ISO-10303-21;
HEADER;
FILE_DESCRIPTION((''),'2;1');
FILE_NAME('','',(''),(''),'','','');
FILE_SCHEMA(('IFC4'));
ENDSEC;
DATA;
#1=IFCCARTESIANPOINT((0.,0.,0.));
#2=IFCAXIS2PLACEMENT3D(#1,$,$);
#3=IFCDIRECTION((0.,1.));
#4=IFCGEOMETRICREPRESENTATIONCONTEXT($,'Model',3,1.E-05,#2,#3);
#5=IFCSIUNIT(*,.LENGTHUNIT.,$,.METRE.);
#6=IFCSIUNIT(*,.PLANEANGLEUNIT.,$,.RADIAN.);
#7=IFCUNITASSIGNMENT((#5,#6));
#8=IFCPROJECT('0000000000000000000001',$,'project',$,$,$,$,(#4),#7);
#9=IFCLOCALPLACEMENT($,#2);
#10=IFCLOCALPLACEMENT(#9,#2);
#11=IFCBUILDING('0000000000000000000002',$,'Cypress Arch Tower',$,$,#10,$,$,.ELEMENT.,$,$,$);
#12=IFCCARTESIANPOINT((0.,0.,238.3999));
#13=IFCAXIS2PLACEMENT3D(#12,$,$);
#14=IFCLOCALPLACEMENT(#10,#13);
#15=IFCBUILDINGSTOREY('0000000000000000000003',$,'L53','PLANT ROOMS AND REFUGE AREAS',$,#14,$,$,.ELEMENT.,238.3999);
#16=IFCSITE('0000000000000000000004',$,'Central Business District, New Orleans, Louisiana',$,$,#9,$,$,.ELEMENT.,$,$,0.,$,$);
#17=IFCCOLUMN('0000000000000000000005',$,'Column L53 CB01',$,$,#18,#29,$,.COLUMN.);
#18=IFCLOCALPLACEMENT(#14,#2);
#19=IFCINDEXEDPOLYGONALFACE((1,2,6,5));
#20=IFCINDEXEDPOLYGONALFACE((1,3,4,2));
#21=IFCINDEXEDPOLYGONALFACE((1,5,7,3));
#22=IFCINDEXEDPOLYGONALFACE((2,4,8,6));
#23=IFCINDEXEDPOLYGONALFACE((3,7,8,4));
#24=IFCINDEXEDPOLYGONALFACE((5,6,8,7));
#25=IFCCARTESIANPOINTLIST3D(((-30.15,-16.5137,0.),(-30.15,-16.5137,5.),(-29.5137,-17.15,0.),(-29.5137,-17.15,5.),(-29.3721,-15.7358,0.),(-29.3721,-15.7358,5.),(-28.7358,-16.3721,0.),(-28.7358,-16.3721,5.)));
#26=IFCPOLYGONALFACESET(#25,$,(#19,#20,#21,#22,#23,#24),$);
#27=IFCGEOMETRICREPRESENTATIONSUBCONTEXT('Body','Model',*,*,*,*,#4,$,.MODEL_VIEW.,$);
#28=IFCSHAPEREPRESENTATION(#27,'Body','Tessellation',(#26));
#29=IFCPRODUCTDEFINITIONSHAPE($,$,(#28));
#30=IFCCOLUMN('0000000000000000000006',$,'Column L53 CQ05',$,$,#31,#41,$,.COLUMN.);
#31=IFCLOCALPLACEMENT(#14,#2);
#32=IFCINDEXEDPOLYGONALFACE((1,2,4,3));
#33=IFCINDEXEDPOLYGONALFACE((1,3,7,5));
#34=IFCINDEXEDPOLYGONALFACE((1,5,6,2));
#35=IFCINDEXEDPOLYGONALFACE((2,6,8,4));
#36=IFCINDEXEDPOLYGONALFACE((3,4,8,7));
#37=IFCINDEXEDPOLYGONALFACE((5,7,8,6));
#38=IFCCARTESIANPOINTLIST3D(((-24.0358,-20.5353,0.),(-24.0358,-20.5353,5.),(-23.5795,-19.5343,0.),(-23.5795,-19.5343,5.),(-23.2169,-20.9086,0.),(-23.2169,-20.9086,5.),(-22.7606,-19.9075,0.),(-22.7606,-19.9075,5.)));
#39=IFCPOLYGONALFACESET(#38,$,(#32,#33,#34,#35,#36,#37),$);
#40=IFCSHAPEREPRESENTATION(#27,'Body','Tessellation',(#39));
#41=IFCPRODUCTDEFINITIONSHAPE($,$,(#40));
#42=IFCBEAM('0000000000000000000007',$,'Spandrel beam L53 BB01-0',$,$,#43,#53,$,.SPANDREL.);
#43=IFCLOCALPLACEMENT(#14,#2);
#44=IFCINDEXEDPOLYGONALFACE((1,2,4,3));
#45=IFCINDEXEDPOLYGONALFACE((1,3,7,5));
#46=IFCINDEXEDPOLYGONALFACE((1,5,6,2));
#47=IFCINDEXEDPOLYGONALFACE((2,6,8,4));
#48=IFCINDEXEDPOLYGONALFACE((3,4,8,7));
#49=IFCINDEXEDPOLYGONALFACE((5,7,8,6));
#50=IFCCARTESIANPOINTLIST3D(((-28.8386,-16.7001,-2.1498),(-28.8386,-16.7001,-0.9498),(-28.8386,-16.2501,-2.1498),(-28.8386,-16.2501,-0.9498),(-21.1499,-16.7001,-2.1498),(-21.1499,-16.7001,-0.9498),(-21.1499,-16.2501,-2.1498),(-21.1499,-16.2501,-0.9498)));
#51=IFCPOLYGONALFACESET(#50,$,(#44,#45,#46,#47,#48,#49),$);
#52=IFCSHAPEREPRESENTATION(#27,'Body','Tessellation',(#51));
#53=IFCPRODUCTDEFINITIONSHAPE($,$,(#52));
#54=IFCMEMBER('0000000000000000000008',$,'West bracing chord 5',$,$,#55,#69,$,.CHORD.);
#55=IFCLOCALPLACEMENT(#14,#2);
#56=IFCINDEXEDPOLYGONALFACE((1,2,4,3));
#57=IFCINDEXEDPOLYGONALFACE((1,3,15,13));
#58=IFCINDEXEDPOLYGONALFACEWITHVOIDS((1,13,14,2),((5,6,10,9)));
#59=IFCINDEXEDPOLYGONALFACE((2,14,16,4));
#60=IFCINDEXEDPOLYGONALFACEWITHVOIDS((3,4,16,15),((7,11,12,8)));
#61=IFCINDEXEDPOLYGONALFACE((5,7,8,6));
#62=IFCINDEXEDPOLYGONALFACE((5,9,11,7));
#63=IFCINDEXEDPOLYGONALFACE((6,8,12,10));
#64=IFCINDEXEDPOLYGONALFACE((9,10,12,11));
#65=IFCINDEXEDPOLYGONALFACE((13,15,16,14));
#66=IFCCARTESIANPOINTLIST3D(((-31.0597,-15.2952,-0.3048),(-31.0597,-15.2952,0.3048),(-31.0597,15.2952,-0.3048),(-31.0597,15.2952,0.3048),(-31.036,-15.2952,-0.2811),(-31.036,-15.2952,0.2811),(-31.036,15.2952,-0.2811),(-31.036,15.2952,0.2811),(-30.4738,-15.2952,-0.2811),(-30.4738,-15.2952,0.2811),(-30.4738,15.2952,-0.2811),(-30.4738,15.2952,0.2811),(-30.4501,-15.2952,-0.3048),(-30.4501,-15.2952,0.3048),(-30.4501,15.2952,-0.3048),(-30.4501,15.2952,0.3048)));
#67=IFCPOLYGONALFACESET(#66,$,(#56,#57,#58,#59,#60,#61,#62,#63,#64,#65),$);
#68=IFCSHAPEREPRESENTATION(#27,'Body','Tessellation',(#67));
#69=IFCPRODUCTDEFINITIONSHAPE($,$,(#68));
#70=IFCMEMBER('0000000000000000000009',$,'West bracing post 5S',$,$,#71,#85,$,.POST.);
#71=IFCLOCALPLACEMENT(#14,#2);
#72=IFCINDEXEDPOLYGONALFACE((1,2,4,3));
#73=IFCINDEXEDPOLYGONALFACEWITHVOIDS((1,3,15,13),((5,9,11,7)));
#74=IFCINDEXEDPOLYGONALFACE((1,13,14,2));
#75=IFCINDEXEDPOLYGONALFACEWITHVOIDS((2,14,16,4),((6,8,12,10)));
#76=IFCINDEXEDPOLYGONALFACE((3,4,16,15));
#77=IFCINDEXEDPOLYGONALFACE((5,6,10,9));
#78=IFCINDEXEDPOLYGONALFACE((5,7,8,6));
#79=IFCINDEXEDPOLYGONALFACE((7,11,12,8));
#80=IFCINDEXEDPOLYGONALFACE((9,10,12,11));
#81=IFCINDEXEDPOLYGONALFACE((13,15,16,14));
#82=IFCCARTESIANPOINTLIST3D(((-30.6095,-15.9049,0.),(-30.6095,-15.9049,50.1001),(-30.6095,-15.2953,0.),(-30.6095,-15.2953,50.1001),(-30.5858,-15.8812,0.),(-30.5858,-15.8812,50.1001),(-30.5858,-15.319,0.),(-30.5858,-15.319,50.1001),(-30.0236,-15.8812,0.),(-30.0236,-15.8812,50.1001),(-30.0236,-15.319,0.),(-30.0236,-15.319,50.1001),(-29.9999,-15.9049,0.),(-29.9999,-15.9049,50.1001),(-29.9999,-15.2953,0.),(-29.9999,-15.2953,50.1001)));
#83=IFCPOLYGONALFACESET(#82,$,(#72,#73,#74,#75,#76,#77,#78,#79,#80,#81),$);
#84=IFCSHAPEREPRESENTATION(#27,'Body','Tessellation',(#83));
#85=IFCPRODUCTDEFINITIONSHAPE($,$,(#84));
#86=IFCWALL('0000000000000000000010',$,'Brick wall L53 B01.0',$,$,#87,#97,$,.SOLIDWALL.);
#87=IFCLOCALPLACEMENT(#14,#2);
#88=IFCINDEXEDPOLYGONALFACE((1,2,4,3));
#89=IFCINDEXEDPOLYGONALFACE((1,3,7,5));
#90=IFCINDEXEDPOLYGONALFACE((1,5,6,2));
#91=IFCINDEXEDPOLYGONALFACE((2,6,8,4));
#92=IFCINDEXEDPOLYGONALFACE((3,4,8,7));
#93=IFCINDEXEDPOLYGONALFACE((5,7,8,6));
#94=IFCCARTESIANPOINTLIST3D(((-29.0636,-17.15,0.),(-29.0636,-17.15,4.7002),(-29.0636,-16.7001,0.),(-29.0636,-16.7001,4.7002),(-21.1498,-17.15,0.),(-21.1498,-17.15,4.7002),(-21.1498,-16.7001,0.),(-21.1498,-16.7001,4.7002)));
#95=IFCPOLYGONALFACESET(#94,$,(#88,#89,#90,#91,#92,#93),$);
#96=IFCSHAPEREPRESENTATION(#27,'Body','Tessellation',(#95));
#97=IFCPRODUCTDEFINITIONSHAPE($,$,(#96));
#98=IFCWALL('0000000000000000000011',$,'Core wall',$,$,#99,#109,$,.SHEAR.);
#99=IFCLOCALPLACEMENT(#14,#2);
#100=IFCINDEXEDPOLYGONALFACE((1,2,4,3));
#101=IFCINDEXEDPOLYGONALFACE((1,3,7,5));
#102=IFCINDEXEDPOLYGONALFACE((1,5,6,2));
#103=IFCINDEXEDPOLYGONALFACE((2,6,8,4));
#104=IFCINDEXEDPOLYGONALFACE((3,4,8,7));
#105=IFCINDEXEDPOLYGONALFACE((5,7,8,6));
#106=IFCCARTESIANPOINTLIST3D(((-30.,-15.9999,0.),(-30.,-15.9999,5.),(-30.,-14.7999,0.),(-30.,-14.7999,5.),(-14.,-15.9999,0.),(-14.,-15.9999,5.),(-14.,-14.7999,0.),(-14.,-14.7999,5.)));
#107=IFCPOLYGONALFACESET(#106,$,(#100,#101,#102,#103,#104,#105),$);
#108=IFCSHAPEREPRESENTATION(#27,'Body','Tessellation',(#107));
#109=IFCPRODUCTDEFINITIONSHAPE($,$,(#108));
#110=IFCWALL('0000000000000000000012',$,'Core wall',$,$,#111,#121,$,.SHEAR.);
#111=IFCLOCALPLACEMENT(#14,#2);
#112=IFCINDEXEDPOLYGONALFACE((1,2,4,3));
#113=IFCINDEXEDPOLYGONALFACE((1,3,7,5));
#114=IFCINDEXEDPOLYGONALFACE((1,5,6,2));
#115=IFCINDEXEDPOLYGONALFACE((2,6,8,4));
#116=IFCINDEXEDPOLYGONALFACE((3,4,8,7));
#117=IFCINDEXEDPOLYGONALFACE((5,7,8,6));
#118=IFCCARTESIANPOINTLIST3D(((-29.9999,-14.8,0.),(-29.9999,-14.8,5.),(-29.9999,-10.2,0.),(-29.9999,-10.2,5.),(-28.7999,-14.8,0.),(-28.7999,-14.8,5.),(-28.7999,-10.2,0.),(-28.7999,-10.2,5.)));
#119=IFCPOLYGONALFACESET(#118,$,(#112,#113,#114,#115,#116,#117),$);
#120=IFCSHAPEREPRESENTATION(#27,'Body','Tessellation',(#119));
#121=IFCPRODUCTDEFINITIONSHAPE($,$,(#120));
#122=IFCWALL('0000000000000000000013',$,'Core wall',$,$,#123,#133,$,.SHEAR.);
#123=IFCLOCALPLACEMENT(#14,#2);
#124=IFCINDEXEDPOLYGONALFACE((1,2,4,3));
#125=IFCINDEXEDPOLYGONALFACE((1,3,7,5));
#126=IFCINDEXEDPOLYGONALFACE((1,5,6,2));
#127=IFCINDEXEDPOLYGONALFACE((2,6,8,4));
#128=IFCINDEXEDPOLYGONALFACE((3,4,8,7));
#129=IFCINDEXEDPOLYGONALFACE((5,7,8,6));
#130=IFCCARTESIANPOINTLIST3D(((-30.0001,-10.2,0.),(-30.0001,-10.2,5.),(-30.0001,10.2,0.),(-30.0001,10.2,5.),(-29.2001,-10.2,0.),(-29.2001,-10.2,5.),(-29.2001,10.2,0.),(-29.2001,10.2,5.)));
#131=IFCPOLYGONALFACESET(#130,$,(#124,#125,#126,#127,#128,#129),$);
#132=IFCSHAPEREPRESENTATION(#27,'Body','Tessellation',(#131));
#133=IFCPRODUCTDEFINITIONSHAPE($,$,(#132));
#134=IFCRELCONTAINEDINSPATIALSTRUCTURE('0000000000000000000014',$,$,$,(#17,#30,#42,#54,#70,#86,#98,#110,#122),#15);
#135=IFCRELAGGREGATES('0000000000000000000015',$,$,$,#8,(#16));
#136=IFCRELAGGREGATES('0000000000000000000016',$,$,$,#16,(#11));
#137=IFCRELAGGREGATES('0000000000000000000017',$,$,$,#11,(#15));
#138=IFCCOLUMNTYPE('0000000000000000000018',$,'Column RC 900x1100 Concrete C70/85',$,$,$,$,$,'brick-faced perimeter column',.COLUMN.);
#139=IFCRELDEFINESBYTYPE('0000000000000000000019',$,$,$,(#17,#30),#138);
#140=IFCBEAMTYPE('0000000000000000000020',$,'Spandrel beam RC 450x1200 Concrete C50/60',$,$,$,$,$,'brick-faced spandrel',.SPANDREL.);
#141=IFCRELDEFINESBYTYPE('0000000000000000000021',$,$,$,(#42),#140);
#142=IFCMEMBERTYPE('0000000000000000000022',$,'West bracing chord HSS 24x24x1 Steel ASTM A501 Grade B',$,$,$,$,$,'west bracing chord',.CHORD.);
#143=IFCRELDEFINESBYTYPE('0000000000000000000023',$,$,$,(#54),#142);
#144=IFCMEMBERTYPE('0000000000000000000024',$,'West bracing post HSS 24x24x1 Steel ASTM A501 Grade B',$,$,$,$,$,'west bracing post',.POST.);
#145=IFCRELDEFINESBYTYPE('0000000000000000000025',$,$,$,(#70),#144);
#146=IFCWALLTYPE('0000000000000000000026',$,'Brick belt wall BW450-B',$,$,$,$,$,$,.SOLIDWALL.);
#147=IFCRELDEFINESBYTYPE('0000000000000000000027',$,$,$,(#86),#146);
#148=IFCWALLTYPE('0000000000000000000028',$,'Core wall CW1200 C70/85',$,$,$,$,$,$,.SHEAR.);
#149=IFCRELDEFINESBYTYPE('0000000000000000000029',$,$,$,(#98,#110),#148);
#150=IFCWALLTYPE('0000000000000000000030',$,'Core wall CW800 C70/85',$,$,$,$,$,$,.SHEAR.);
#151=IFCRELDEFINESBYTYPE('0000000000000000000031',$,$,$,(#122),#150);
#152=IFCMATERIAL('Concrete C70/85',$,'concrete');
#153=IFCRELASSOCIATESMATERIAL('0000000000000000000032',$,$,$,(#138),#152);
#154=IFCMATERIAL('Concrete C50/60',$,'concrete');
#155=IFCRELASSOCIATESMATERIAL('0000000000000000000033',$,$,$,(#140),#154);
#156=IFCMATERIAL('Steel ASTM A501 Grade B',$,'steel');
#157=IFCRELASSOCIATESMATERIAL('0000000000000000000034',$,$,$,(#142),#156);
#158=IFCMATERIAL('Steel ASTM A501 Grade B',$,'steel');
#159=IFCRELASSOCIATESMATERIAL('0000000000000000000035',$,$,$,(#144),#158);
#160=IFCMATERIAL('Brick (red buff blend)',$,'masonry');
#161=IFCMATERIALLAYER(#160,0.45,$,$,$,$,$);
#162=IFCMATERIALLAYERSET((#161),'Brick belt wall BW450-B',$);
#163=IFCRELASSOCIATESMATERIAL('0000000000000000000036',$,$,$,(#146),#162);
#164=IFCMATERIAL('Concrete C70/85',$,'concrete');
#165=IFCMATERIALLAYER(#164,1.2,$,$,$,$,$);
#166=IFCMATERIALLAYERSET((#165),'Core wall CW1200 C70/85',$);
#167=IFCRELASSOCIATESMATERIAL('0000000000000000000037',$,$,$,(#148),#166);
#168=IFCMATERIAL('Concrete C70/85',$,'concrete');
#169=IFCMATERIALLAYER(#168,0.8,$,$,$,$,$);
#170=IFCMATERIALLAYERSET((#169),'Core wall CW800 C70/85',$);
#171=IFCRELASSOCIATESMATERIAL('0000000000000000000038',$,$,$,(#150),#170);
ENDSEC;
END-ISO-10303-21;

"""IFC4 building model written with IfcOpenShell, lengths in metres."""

from ifc_helpers import new_model, si_unit, direction, frame, frame_2d, origin, origin_2d, place, context, subcontext, project, spatial, rectangle, hollow_rectangle, extrude, material, layer, layer_set, material_profile, profile_set, type_object, element, save


model = new_model("IFC4")

# Units and contexts
model_context = context("Model", 3, precision=1e-05, world=origin(), true_north=direction((0.0, 1.0)))
body_context = subcontext(model_context, "Body", "Model", "MODEL_VIEW")
ifc_project = project(units=[si_unit("LENGTHUNIT", "METRE"), si_unit("PLANEANGLEUNIT", "RADIAN")], contexts=[model_context])

# Site, building, storey
site_placement = place(None, origin())
site = spatial("IfcSite", under=ifc_project, at=site_placement, Name="Central Business District, New Orleans, Louisiana", CompositionType="ELEMENT", RefElevation=0.0)
building_placement = place(site_placement, origin())
building = spatial("IfcBuilding", under=site, at=building_placement, Name="Cypress Arch Tower", CompositionType="ELEMENT")
storey_placement = place(building_placement, frame((0.0, 0.0, 238.3999)))
storey = spatial("IfcBuildingStorey", under=building, at=storey_placement, Name="L53", Description="PLANT ROOMS AND REFUGE AREAS", CompositionType="ELEMENT", Elevation=238.3999)

# Columns
ifc_material_1 = material(Name="Concrete C70/85", Category="concrete")
ifc_material_profile_1 = material_profile(ifc_material_1, rectangle(XDim=0.8999, YDim=1.1001, at=origin_2d()), Name="RC 900x1100")
ifc_profile_set_1 = profile_set([ifc_material_profile_1], Name="Concrete C70/85")
column_type = type_object("IfcColumnType", Name="Column RC 900x1100 Concrete C70/85", ElementType="brick-faced perimeter column", PredefinedType="COLUMN", material=ifc_profile_set_1)
for number, where, z_axis, x_axis, name in (
    (1, (-29.4429, -16.4429, 0.0), (0.0, 0.0, 1.0), (0.707107, -0.707107, 0.0), "Column L53 CB01"),
    (2, (-23.3982, -20.2214, 0.0), (0.0, 0.0, 1.0), (0.909932, -0.414757, 0.0), "Column L53 CQ05"),
):
    element("IfcColumn", number, at=place(storey_placement, frame(where, z_axis=z_axis, x_axis=x_axis)), inside=storey, type_object=column_type, Name=name, PredefinedType="COLUMN", context=body_context, shape_type="SweptSolid", body=[
        extrude(rectangle(XDim=0.8999, YDim=1.1001, at=origin_2d()), origin(), (0.0, 0.0, 1.0), 5.0),
    ])

# Beam
ifc_material_2 = material(Name="Concrete C50/60", Category="concrete")
ifc_material_profile_2 = material_profile(ifc_material_2, rectangle(XDim=0.45, YDim=1.2, at=origin_2d()), Name="RC 450x1200")
ifc_profile_set_2 = profile_set([ifc_material_profile_2], Name="Concrete C50/60")
beam_type = type_object("IfcBeamType", Name="Spandrel beam RC 450x1200 Concrete C50/60", ElementType="brick-faced spandrel", PredefinedType="SPANDREL", material=ifc_profile_set_2)
beam_placement = place(storey_placement, frame((-28.8386, -16.4751, -1.5498), z_axis=(1.0, 0.0, 0.0), x_axis=(0.0, 1.0, 0.0)))
element("IfcBeam", 3, at=beam_placement, inside=storey, type_object=beam_type, Name="Spandrel beam L53 BB01-0", PredefinedType="SPANDREL", context=body_context, shape_type="SweptSolid", body=[
    extrude(rectangle(XDim=0.45, YDim=1.2, at=origin_2d()), origin(), (0.0, 0.0, 1.0), 7.6887),
])

# Members
ifc_material_3 = material(Name="Steel ASTM A501 Grade B", Category="steel")
ifc_material_profile_3 = material_profile(ifc_material_3, hollow_rectangle(XDim=0.6096, YDim=0.6096, WallThickness=0.0237, at=origin_2d()), Name="HSS 24x24x1")
ifc_profile_set_3 = profile_set([ifc_material_profile_3], Name="Steel ASTM A501 Grade B")
member_type_1 = type_object("IfcMemberType", Name="West bracing chord HSS 24x24x1 Steel ASTM A501 Grade B", ElementType="west bracing chord", PredefinedType="CHORD", material=ifc_profile_set_3)
member_1_placement = place(storey_placement, frame((-30.7549, -15.2952, 0.0), z_axis=(0.0, 1.0, 0.0), x_axis=(-1.0, 0.0, 0.0)))
element("IfcMember", 4, at=member_1_placement, inside=storey, type_object=member_type_1, Name="West bracing chord 5", PredefinedType="CHORD", context=body_context, shape_type="SweptSolid", body=[
    extrude(hollow_rectangle(XDim=0.6096, YDim=0.6096, WallThickness=0.0237, at=origin_2d()), origin(), (0.0, 0.0, 1.0), 30.5903),
])
ifc_material_4 = material(Name="Steel ASTM A501 Grade B", Category="steel")
ifc_material_profile_4 = material_profile(ifc_material_4, hollow_rectangle(XDim=0.6096, YDim=0.6096, WallThickness=0.0237, at=origin_2d()), Name="HSS 24x24x1")
ifc_profile_set_4 = profile_set([ifc_material_profile_4], Name="Steel ASTM A501 Grade B")
member_type_2 = type_object("IfcMemberType", Name="West bracing post HSS 24x24x1 Steel ASTM A501 Grade B", ElementType="west bracing post", PredefinedType="POST", material=ifc_profile_set_4)
member_2_placement = place(storey_placement, frame((-30.3047, -15.6001, 0.0), z_axis=(0.0, 0.0, 1.0), x_axis=(1.0, 0.0, 0.0)))
element("IfcMember", 5, at=member_2_placement, inside=storey, type_object=member_type_2, Name="West bracing post 5S", PredefinedType="POST", context=body_context, shape_type="SweptSolid", body=[
    extrude(hollow_rectangle(XDim=0.6096, YDim=0.6096, WallThickness=0.0237, at=origin_2d()), origin(), (0.0, 0.0, 1.0), 50.1001),
])

# Walls
ifc_material_5 = material(Name="Brick (red buff blend)", Category="masonry")
ifc_layer_1 = layer(ifc_material_5, 0.45)
ifc_layer_set_1 = layer_set([ifc_layer_1], Name="Brick belt wall BW450-B")
wall_type_1 = type_object("IfcWallType", Name="Brick belt wall BW450-B", PredefinedType="SOLIDWALL", material=ifc_layer_set_1)
wall_1_placement = place(storey_placement, frame((-29.0637, -16.925, 0.0), z_axis=(0.0, 0.0, 1.0), x_axis=(1.0, 0.0, 0.0)))
element("IfcWall", 6, at=wall_1_placement, inside=storey, type_object=wall_type_1, Name="Brick wall L53 B01.0", PredefinedType="SOLIDWALL", context=body_context, shape_type="SweptSolid", body=[
    extrude(rectangle(XDim=7.9138, YDim=0.45, at=frame_2d((3.957, 0.0))), origin(), (0.0, 0.0, 1.0), 4.7002),
])
ifc_material_6 = material(Name="Concrete C70/85", Category="concrete")
ifc_layer_2 = layer(ifc_material_6, 1.2)
ifc_layer_set_2 = layer_set([ifc_layer_2], Name="Core wall CW1200 C70/85")
wall_type_2 = type_object("IfcWallType", Name="Core wall CW1200 C70/85", PredefinedType="SHEAR", material=ifc_layer_set_2)
wall_2_placement = place(storey_placement, frame((-30.0, -15.3999, 0.0), z_axis=(0.0, 0.0, 1.0), x_axis=(1.0, 0.0, 0.0)))
element("IfcWall", 7, at=wall_2_placement, inside=storey, type_object=wall_type_2, Name="Core wall", PredefinedType="SHEAR", context=body_context, shape_type="SweptSolid", body=[
    extrude(rectangle(XDim=16.0, YDim=1.2, at=frame_2d((8.0, 0.0))), origin(), (0.0, 0.0, 1.0), 5.0),
])
wall_3_placement = place(storey_placement, frame((-29.3999, -14.8, 0.0), z_axis=(0.0, 0.0, 1.0), x_axis=(0.0, 1.0, 0.0)))
element("IfcWall", 8, at=wall_3_placement, inside=storey, type_object=wall_type_2, Name="Core wall", PredefinedType="SHEAR", context=body_context, shape_type="SweptSolid", body=[
    extrude(rectangle(XDim=4.6001, YDim=1.2, at=frame_2d((2.3, 0.0))), origin(), (0.0, 0.0, 1.0), 5.0),
])
ifc_material_7 = material(Name="Concrete C70/85", Category="concrete")
ifc_layer_3 = layer(ifc_material_7, 0.8)
ifc_layer_set_3 = layer_set([ifc_layer_3], Name="Core wall CW800 C70/85")
wall_type_3 = type_object("IfcWallType", Name="Core wall CW800 C70/85", PredefinedType="SHEAR", material=ifc_layer_set_3)
wall_4_placement = place(storey_placement, frame((-29.6001, -10.2, 0.0), z_axis=(0.0, 0.0, 1.0), x_axis=(0.0, 1.0, 0.0)))
element("IfcWall", 9, at=wall_4_placement, inside=storey, type_object=wall_type_3, Name="Core wall", PredefinedType="SHEAR", context=body_context, shape_type="SweptSolid", body=[
    extrude(rectangle(XDim=20.3999, YDim=0.8, at=frame_2d((10.2, 0.0))), origin(), (0.0, 0.0, 1.0), 5.0),
])

save(model, "model.ifc")
